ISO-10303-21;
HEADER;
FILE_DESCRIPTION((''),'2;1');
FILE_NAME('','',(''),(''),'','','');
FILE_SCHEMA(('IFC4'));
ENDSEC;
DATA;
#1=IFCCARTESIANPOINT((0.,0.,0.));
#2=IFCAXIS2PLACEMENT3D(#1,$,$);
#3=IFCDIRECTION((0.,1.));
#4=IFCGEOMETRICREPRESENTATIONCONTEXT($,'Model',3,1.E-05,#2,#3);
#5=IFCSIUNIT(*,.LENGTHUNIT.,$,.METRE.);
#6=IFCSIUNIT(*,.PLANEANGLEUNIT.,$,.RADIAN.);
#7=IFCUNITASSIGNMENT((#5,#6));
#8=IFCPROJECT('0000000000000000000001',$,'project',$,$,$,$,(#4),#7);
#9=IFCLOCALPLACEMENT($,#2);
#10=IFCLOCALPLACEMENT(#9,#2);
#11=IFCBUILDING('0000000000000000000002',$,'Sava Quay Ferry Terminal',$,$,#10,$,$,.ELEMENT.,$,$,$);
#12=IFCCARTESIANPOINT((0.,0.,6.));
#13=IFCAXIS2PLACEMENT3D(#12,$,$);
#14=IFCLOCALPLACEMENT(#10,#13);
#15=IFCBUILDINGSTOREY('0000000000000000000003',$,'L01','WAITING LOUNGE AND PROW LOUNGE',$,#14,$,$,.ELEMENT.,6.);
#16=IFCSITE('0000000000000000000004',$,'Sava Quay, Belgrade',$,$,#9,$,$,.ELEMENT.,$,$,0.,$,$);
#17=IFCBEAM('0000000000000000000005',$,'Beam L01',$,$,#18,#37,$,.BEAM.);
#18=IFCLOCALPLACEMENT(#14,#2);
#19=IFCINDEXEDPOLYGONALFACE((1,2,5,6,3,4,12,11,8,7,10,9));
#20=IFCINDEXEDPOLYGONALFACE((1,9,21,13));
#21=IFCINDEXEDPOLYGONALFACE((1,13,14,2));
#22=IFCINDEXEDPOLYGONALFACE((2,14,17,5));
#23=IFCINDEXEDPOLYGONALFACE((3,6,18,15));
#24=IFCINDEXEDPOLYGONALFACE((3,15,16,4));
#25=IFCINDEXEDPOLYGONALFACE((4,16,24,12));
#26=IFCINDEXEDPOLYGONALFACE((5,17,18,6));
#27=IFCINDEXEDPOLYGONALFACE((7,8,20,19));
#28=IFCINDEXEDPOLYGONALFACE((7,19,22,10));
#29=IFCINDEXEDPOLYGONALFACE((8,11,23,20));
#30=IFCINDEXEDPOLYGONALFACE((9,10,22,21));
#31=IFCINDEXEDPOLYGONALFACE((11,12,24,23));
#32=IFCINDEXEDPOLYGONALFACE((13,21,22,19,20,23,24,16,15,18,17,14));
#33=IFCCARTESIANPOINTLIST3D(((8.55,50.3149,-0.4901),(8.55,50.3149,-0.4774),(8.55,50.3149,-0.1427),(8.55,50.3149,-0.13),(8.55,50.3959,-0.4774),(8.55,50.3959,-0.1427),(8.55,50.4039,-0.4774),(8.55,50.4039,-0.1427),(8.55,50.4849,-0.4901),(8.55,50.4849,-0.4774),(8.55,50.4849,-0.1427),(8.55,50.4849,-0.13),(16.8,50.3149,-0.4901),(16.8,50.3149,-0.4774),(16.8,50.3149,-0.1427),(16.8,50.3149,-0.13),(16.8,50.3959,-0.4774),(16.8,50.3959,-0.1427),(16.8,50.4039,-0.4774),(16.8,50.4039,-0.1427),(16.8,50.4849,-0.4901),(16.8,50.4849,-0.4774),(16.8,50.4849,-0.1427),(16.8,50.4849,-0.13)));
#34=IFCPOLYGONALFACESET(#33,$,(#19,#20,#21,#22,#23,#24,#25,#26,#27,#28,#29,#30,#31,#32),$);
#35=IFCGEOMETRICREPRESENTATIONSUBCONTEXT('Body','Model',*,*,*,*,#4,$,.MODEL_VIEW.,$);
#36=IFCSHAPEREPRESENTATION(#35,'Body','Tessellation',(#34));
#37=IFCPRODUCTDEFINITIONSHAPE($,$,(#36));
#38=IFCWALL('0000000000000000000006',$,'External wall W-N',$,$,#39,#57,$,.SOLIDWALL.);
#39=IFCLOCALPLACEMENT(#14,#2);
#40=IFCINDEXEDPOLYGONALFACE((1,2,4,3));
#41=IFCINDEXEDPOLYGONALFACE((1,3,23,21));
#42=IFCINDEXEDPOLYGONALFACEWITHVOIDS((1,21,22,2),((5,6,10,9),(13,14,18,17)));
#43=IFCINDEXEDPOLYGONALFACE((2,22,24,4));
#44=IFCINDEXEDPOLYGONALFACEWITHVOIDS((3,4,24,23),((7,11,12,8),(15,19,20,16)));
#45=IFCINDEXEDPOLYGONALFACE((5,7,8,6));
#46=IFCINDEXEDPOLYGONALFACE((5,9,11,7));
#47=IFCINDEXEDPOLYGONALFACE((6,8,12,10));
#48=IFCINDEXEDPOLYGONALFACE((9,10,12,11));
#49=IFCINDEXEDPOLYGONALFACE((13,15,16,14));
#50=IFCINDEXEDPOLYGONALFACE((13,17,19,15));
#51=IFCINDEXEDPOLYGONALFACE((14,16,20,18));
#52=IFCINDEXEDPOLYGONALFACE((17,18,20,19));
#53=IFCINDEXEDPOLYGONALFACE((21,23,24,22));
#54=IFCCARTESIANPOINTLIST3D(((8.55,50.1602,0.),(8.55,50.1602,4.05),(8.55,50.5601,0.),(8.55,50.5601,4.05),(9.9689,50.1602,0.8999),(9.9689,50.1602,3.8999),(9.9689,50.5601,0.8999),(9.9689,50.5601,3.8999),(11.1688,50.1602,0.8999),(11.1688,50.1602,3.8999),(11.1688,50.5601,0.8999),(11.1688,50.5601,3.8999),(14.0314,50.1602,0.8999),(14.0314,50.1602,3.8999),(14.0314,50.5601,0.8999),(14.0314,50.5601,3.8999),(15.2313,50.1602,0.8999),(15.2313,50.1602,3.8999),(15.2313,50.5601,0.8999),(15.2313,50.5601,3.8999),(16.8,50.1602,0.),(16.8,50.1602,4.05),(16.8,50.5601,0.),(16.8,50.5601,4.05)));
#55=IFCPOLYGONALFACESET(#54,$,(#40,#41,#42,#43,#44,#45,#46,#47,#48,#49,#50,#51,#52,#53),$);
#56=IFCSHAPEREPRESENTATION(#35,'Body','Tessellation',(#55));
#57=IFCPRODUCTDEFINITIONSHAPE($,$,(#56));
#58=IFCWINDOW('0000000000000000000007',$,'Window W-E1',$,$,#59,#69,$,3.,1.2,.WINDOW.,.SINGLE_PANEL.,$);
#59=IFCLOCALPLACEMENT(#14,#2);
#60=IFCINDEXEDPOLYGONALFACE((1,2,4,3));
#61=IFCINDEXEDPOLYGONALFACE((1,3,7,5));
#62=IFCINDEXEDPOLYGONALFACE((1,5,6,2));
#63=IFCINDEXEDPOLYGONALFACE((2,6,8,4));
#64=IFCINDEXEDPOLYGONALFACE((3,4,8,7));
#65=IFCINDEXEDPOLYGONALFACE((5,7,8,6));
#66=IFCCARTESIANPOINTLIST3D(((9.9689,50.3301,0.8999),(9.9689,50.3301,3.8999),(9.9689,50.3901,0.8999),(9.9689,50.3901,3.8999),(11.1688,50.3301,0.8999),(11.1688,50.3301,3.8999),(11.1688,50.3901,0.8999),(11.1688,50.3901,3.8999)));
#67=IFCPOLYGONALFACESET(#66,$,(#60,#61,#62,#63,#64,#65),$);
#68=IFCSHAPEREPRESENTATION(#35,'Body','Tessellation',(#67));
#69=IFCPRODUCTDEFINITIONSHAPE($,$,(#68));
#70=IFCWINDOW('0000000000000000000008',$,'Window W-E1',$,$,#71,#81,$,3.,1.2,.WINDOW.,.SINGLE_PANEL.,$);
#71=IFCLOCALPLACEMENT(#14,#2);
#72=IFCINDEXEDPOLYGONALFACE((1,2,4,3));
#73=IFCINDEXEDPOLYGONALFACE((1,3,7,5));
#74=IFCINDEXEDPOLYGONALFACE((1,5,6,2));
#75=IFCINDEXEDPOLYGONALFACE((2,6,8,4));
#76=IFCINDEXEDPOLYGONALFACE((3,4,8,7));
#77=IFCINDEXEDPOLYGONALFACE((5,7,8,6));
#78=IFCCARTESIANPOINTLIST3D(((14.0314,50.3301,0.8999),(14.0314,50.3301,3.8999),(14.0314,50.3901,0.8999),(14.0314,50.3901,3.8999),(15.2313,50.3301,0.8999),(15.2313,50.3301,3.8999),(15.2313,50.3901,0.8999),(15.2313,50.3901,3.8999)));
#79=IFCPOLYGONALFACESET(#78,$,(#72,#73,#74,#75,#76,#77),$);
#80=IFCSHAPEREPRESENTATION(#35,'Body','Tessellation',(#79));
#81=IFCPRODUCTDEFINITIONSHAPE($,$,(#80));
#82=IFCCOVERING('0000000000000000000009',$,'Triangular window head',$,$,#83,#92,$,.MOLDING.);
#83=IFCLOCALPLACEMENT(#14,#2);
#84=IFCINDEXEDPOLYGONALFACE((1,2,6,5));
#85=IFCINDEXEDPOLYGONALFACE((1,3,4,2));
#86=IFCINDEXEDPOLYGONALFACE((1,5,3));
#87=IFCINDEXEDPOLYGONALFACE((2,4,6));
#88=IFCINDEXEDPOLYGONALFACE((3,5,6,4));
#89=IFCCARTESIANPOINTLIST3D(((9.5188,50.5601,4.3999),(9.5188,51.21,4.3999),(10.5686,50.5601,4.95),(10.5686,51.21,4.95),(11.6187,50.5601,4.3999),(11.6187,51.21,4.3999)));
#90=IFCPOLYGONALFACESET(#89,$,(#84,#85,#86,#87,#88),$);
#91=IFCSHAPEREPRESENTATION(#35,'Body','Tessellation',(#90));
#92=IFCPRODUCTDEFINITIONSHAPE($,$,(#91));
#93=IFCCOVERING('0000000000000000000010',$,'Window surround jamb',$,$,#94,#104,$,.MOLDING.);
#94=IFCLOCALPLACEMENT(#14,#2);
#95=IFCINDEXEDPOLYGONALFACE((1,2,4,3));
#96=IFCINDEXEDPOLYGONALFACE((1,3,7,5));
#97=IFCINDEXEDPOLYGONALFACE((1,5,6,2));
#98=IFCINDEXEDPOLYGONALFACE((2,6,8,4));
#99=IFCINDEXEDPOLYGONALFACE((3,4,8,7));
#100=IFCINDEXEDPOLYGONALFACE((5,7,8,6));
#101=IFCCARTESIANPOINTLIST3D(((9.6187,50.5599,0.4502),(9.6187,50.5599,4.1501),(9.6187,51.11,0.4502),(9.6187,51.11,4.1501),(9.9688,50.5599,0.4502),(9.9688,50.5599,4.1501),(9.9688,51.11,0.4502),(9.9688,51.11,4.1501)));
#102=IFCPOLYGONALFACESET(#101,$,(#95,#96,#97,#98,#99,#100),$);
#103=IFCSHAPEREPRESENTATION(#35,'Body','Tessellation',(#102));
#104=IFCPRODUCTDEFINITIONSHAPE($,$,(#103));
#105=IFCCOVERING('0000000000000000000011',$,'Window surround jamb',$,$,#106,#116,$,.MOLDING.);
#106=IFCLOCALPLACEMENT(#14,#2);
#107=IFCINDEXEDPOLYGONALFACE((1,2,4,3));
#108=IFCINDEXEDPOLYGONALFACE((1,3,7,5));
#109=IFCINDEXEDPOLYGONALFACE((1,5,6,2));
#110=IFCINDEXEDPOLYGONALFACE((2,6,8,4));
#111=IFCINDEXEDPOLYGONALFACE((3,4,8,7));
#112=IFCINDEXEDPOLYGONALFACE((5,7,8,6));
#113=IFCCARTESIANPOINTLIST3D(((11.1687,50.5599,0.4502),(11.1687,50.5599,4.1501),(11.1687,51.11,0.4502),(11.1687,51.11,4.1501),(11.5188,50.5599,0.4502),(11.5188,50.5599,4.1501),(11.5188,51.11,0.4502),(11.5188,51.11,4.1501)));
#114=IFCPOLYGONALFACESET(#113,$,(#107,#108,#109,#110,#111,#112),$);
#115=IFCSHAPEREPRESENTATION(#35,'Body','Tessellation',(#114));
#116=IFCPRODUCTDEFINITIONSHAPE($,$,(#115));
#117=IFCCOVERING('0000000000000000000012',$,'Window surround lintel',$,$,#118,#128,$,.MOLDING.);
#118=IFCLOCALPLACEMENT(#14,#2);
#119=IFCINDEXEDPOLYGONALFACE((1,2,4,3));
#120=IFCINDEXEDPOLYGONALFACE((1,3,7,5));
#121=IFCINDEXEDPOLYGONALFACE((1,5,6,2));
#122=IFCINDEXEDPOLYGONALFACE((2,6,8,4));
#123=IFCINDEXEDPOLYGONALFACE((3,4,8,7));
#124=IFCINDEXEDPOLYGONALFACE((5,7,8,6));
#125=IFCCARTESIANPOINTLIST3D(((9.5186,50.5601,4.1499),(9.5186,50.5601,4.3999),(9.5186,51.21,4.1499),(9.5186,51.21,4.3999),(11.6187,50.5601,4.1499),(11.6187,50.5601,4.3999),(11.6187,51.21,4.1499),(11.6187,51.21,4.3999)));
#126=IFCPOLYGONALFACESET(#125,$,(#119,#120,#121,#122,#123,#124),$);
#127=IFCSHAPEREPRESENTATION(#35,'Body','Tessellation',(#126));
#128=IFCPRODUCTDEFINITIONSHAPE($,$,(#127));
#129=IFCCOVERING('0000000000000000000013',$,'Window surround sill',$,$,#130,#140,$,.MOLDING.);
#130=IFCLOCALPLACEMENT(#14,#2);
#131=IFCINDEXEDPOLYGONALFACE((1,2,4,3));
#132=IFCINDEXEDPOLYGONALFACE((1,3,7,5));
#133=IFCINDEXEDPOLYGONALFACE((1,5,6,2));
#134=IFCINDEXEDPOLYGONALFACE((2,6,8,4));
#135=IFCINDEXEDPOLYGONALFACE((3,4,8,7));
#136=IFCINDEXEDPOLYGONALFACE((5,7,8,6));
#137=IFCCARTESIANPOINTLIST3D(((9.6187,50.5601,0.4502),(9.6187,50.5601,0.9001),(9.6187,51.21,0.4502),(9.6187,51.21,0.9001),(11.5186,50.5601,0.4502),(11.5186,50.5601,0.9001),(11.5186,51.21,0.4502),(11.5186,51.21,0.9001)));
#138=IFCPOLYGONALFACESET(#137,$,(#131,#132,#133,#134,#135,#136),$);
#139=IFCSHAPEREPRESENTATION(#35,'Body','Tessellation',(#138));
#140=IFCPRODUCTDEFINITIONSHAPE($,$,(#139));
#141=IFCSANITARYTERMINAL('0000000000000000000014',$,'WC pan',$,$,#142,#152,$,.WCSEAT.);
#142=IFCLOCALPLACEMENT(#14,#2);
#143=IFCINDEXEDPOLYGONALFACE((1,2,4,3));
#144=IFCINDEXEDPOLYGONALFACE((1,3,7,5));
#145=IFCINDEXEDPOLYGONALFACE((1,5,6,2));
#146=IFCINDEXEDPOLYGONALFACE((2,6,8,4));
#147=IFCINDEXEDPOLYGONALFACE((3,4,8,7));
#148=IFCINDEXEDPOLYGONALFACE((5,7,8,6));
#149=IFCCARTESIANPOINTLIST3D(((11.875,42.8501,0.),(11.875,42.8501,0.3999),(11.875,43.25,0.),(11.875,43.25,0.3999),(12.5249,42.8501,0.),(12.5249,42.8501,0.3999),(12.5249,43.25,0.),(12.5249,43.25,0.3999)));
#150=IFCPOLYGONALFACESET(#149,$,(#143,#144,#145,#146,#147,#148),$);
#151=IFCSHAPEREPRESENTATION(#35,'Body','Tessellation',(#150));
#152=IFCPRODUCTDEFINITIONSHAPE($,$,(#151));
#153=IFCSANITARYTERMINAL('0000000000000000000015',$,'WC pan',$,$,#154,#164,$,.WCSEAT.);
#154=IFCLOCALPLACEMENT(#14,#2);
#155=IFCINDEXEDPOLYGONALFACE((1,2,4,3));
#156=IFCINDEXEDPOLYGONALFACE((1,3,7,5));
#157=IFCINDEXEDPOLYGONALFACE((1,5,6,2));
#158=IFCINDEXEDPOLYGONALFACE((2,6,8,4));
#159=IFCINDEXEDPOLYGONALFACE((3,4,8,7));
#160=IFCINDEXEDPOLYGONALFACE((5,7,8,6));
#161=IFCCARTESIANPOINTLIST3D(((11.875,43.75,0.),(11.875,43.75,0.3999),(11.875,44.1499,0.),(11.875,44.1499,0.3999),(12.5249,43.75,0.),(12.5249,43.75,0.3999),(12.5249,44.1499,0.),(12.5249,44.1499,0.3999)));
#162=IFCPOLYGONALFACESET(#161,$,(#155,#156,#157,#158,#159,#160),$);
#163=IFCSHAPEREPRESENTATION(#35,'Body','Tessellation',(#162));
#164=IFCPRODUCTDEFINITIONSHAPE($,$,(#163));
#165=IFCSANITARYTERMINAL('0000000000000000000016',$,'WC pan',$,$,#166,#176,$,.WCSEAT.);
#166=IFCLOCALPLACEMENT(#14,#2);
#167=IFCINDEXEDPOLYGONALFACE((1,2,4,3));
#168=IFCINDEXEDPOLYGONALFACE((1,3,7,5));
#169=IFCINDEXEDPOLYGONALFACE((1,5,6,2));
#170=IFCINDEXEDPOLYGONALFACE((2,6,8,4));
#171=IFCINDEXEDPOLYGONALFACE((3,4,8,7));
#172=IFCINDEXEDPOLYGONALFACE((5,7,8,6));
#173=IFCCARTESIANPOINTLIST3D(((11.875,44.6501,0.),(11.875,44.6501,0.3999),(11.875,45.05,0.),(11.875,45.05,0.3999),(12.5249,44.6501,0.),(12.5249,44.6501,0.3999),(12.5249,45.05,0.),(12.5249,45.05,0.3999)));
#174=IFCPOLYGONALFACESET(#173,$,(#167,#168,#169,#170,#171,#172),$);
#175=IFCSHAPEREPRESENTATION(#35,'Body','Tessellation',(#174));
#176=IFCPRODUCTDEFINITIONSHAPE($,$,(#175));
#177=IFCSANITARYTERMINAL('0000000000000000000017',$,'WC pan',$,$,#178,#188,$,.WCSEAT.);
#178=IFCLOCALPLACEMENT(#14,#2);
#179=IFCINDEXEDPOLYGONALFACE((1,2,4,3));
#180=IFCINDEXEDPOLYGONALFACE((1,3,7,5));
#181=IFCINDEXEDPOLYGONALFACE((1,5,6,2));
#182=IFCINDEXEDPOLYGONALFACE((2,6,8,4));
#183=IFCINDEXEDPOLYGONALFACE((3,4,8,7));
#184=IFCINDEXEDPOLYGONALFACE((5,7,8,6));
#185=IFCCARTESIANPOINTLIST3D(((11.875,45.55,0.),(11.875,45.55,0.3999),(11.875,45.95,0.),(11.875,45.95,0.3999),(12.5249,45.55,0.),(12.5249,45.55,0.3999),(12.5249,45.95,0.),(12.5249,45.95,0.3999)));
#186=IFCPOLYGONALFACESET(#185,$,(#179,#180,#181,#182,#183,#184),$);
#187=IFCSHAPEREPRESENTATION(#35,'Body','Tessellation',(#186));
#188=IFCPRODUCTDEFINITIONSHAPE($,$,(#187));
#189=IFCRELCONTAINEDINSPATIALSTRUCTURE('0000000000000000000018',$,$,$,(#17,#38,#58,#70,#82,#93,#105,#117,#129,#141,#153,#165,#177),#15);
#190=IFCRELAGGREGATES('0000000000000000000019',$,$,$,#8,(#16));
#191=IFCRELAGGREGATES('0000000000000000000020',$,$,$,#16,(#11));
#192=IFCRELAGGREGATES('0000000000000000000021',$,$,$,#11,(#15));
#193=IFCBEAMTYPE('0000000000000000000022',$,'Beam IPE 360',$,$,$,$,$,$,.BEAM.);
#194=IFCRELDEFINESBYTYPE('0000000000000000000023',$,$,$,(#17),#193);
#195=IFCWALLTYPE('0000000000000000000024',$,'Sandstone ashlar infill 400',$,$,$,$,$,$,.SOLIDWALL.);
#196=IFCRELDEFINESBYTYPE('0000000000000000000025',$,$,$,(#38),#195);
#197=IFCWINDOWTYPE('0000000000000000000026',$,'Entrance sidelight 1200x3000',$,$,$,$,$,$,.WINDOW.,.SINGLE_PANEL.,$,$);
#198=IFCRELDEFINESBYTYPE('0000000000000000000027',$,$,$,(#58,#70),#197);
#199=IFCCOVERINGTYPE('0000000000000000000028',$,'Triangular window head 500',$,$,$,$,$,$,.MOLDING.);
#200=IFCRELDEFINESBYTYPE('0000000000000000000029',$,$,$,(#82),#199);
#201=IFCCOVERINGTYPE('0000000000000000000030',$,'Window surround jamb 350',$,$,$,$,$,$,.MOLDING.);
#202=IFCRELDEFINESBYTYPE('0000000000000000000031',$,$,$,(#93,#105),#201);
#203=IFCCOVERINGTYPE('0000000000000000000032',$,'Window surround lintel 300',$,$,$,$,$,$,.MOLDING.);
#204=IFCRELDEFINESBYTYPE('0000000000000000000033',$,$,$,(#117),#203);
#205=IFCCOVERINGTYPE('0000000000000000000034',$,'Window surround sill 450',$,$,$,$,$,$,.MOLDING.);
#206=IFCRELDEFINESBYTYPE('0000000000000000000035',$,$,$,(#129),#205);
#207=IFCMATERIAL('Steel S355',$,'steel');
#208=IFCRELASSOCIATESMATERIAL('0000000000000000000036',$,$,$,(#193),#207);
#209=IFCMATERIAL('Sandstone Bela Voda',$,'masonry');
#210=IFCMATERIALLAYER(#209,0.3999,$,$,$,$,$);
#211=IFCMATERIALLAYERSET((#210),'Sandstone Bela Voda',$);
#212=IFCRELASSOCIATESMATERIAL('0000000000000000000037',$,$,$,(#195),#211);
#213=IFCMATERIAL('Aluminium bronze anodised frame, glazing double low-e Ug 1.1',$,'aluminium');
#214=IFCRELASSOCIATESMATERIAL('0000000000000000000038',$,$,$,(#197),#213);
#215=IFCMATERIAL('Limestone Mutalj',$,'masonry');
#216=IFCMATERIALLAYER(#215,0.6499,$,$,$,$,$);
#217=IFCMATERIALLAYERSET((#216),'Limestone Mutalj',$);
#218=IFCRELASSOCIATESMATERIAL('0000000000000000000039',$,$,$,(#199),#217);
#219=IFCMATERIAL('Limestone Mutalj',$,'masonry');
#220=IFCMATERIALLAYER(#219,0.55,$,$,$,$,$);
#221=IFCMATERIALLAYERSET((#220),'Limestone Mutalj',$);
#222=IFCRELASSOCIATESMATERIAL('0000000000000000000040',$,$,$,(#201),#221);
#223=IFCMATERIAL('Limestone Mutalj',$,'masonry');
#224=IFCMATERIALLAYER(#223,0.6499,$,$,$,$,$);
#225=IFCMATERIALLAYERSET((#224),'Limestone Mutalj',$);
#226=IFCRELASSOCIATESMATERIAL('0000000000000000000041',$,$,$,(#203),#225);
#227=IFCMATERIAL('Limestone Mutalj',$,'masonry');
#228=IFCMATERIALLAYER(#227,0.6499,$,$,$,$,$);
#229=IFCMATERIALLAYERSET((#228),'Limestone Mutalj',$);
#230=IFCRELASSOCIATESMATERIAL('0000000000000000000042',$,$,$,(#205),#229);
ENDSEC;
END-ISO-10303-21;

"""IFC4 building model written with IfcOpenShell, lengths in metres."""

from ifc_helpers import new_model, si_unit, direction, frame, frame_2d, origin, origin_2d, place, context, subcontext, project, spatial, polyline, rectangle, i_section, outline, extrude, material, layer, layer_set, material_profile, profile_set, type_object, element, fill, save


model = new_model("IFC4")

# Units and contexts
model_context = context("Model", 3, precision=1e-05, world=origin(), true_north=direction((0.0, 1.0)))
body_context = subcontext(model_context, "Body", "Model", "MODEL_VIEW")
ifc_project = project(units=[si_unit("LENGTHUNIT", "METRE"), si_unit("PLANEANGLEUNIT", "RADIAN")], contexts=[model_context])

# Site, building, storey
site_placement = place(None, origin())
site = spatial("IfcSite", under=ifc_project, at=site_placement, Name="Sava Quay, Belgrade", CompositionType="ELEMENT", RefElevation=0.0)
building_placement = place(site_placement, origin())
building = spatial("IfcBuilding", under=site, at=building_placement, Name="Sava Quay Ferry Terminal", CompositionType="ELEMENT")
storey_placement = place(building_placement, frame((0.0, 0.0, 6.0)))
storey = spatial("IfcBuildingStorey", under=building, at=storey_placement, Name="L01", Description="WAITING LOUNGE AND PROW LOUNGE", CompositionType="ELEMENT", Elevation=6.0)

# Beam
ifc_material_1 = material(Name="Steel S355", Category="steel")
ifc_material_profile = material_profile(ifc_material_1, i_section(OverallWidth=0.1699, OverallDepth=0.3601, WebThickness=0.0081, FlangeThickness=0.0127, at=origin_2d()), Name="IPE 360")
ifc_profile_set = profile_set([ifc_material_profile], Name="Steel S355")
beam_type = type_object("IfcBeamType", Name="Beam IPE 360", PredefinedType="BEAM", material=ifc_profile_set)
beam_placement = place(storey_placement, frame((8.55, 50.3999, -0.3101), z_axis=(1.0, 0.0, 0.0), x_axis=(0.0, 1.0, 0.0)))
element("IfcBeam", 1, at=beam_placement, inside=storey, type_object=beam_type, Name="Beam L01", PredefinedType="BEAM", context=body_context, shape_type="SweptSolid", body=[
    extrude(i_section(OverallWidth=0.1699, OverallDepth=0.3601, WebThickness=0.0081, FlangeThickness=0.0127, at=origin_2d()), origin(), (0.0, 0.0, 1.0), 8.25),
])

# Wall, openings, windows
ifc_material_2 = material(Name="Sandstone Bela Voda", Category="masonry")
ifc_layer_1 = layer(ifc_material_2, 0.3999)
ifc_layer_set_1 = layer_set([ifc_layer_1], Name="Sandstone Bela Voda")
wall_type = type_object("IfcWallType", Name="Sandstone ashlar infill 400", PredefinedType="SOLIDWALL", material=ifc_layer_set_1)
wall_placement = place(storey_placement, frame((8.55, 50.3601, 0.0), z_axis=(0.0, 0.0, 1.0), x_axis=(1.0, 0.0, 0.0)))
wall = element("IfcWall", 2, at=wall_placement, inside=storey, type_object=wall_type, Name="External wall W-N", PredefinedType="SOLIDWALL", context=body_context, shape_type="SweptSolid", body=[
    extrude(rectangle(XDim=8.25, YDim=0.3999, at=frame_2d((4.125, 0.0))), origin(), (0.0, 0.0, 1.0), 4.05),
])
opening_1_placement = place(wall_placement, frame((1.4187, 0.0, 0.8999)))
opening_1 = element("IfcOpeningElement", 3, at=opening_1_placement, cuts=wall, PredefinedType="OPENING", context=body_context, shape_type="SweptSolid", body=[
    extrude(rectangle(XDim=1.2, YDim=3.0, at=frame_2d((0.6001, 1.5))), frame((0.0, 0.2, 0.0), z_axis=(0.0, -1.0, 0.0), x_axis=(1.0, 0.0, 0.0)), (0.0, 0.0, 1.0), 0.3999),
])
opening_2_placement = place(wall_placement, frame((5.4812, 0.0, 0.8999)))
opening_2 = element("IfcOpeningElement", 4, at=opening_2_placement, cuts=wall, PredefinedType="OPENING", context=body_context, shape_type="SweptSolid", body=[
    extrude(rectangle(XDim=1.2, YDim=3.0, at=frame_2d((0.6001, 1.5))), frame((0.0, 0.2, 0.0), z_axis=(0.0, -1.0, 0.0), x_axis=(1.0, 0.0, 0.0)), (0.0, 0.0, 1.0), 0.3999),
])
ifc_material_3 = material(Name="Aluminium bronze anodised frame, glazing double low-e Ug 1.1", Category="aluminium")
window_type = type_object("IfcWindowType", Name="Entrance sidelight 1200x3000", PartitioningType="SINGLE_PANEL", PredefinedType="WINDOW", material=ifc_material_3)
window_1_placement = place(opening_1_placement, origin())
window_1 = element("IfcWindow", 5, at=window_1_placement, inside=storey, type_object=window_type, Name="Window W-E1", OverallHeight=3.0, OverallWidth=1.2, PartitioningType="SINGLE_PANEL", PredefinedType="WINDOW", context=body_context, shape_type="SweptSolid", body=[
    extrude(rectangle(XDim=1.2, YDim=3.0, at=frame_2d((0.6001, 1.5))), frame((0.0, 0.03, 0.0), z_axis=(0.0, -1.0, 0.0), x_axis=(1.0, 0.0, 0.0)), (0.0, 0.0, 1.0), 0.0601),
])
fill(opening_1, window_1)
window_2_placement = place(opening_2_placement, origin())
window_2 = element("IfcWindow", 6, at=window_2_placement, inside=storey, type_object=window_type, Name="Window W-E1", OverallHeight=3.0, OverallWidth=1.2, PartitioningType="SINGLE_PANEL", PredefinedType="WINDOW", context=body_context, shape_type="SweptSolid", body=[
    extrude(rectangle(XDim=1.2, YDim=3.0, at=frame_2d((0.6001, 1.5))), frame((0.0, 0.03, 0.0), z_axis=(0.0, -1.0, 0.0), x_axis=(1.0, 0.0, 0.0)), (0.0, 0.0, 1.0), 0.0601),
])
fill(opening_2, window_2)

# Coverings
ifc_material_4 = material(Name="Limestone Mutalj", Category="masonry")
ifc_layer_2 = layer(ifc_material_4, 0.6499)
ifc_layer_set_2 = layer_set([ifc_layer_2], Name="Limestone Mutalj")
covering_type_1 = type_object("IfcCoveringType", Name="Triangular window head 500", PredefinedType="MOLDING", material=ifc_layer_set_2)
covering_1_placement = place(storey_placement, frame((9.5188, 50.5601, 4.3999), z_axis=(0.0, -1.0, 0.0), x_axis=(1.0, 0.0, 0.0)))
element("IfcCovering", 7, at=covering_1_placement, inside=storey, type_object=covering_type_1, Name="Triangular window head", PredefinedType="MOLDING", context=body_context, shape_type="SweptSolid", body=[
    extrude(outline(polyline([(0.0, 0.0), (2.0999, 0.0), (1.0498, 0.55), (0.0, 0.0)])), origin(), (0.0, 0.0, -1.0), 0.6499),
])
ifc_material_5 = material(Name="Limestone Mutalj", Category="masonry")
ifc_layer_3 = layer(ifc_material_5, 0.55)
ifc_layer_set_3 = layer_set([ifc_layer_3], Name="Limestone Mutalj")
covering_type_2 = type_object("IfcCoveringType", Name="Window surround jamb 350", PredefinedType="MOLDING", material=ifc_layer_set_3)
for number, where, z_axis, x_axis, name in (
    (8, (9.7937, 50.835, 0.4502), (0.0, 0.0, 1.0), (1.0, 0.0, 0.0), "Window surround jamb"),
    (9, (11.3438, 50.835, 0.4502), (0.0, 0.0, 1.0), (1.0, 0.0, 0.0), "Window surround jamb"),
):
    element("IfcCovering", number, at=place(storey_placement, frame(where, z_axis=z_axis, x_axis=x_axis)), inside=storey, type_object=covering_type_2, Name=name, PredefinedType="MOLDING", context=body_context, shape_type="SweptSolid", body=[
        extrude(rectangle(XDim=0.3501, YDim=0.55, at=origin_2d()), origin(), (0.0, 0.0, 1.0), 3.7),
    ])
ifc_material_6 = material(Name="Limestone Mutalj", Category="masonry")
ifc_layer_4 = layer(ifc_material_6, 0.6499)
ifc_layer_set_4 = layer_set([ifc_layer_4], Name="Limestone Mutalj")
covering_type_3 = type_object("IfcCoveringType", Name="Window surround lintel 300", PredefinedType="MOLDING", material=ifc_layer_set_4)
covering_2_placement = place(storey_placement, frame((10.5686, 50.885, 4.1499), z_axis=(0.0, 0.0, 1.0), x_axis=(1.0, 0.0, 0.0)))
element("IfcCovering", 10, at=covering_2_placement, inside=storey, type_object=covering_type_3, Name="Window surround lintel", PredefinedType="MOLDING", context=body_context, shape_type="SweptSolid", body=[
    extrude(rectangle(XDim=2.1001, YDim=0.6499, at=origin_2d()), origin(), (0.0, 0.0, 1.0), 0.25),
])
ifc_material_7 = material(Name="Limestone Mutalj", Category="masonry")
ifc_layer_5 = layer(ifc_material_7, 0.6499)
ifc_layer_set_5 = layer_set([ifc_layer_5], Name="Limestone Mutalj")
covering_type_4 = type_object("IfcCoveringType", Name="Window surround sill 450", PredefinedType="MOLDING", material=ifc_layer_set_5)
covering_3_placement = place(storey_placement, frame((10.5686, 50.885, 0.4502), z_axis=(0.0, 0.0, 1.0), x_axis=(1.0, 0.0, 0.0)))
element("IfcCovering", 11, at=covering_3_placement, inside=storey, type_object=covering_type_4, Name="Window surround sill", PredefinedType="MOLDING", context=body_context, shape_type="SweptSolid", body=[
    extrude(rectangle(XDim=1.8999, YDim=0.6499, at=origin_2d()), origin(), (0.0, 0.0, 1.0), 0.45),
])

# Sanitary terminals
for number, where, z_axis, x_axis, name in (
    (12, (12.2, 43.05, 0.0), (0.0, 0.0, 1.0), (1.0, 0.0, 0.0), "WC pan"),
    (13, (12.2, 43.95, 0.0), (0.0, 0.0, 1.0), (1.0, 0.0, 0.0), "WC pan"),
    (14, (12.2, 44.8501, 0.0), (0.0, 0.0, 1.0), (1.0, 0.0, 0.0), "WC pan"),
    (15, (12.2, 45.75, 0.0), (0.0, 0.0, 1.0), (1.0, 0.0, 0.0), "WC pan"),
):
    element("IfcSanitaryTerminal", number, at=place(storey_placement, frame(where, z_axis=z_axis, x_axis=x_axis)), inside=storey, Name=name, PredefinedType="WCSEAT", context=body_context, shape_type="SweptSolid", body=[
        extrude(rectangle(XDim=0.6499, YDim=0.3999, at=origin_2d()), origin(), (0.0, 0.0, 1.0), 0.3999),
    ])

save(model, "model.ifc")
